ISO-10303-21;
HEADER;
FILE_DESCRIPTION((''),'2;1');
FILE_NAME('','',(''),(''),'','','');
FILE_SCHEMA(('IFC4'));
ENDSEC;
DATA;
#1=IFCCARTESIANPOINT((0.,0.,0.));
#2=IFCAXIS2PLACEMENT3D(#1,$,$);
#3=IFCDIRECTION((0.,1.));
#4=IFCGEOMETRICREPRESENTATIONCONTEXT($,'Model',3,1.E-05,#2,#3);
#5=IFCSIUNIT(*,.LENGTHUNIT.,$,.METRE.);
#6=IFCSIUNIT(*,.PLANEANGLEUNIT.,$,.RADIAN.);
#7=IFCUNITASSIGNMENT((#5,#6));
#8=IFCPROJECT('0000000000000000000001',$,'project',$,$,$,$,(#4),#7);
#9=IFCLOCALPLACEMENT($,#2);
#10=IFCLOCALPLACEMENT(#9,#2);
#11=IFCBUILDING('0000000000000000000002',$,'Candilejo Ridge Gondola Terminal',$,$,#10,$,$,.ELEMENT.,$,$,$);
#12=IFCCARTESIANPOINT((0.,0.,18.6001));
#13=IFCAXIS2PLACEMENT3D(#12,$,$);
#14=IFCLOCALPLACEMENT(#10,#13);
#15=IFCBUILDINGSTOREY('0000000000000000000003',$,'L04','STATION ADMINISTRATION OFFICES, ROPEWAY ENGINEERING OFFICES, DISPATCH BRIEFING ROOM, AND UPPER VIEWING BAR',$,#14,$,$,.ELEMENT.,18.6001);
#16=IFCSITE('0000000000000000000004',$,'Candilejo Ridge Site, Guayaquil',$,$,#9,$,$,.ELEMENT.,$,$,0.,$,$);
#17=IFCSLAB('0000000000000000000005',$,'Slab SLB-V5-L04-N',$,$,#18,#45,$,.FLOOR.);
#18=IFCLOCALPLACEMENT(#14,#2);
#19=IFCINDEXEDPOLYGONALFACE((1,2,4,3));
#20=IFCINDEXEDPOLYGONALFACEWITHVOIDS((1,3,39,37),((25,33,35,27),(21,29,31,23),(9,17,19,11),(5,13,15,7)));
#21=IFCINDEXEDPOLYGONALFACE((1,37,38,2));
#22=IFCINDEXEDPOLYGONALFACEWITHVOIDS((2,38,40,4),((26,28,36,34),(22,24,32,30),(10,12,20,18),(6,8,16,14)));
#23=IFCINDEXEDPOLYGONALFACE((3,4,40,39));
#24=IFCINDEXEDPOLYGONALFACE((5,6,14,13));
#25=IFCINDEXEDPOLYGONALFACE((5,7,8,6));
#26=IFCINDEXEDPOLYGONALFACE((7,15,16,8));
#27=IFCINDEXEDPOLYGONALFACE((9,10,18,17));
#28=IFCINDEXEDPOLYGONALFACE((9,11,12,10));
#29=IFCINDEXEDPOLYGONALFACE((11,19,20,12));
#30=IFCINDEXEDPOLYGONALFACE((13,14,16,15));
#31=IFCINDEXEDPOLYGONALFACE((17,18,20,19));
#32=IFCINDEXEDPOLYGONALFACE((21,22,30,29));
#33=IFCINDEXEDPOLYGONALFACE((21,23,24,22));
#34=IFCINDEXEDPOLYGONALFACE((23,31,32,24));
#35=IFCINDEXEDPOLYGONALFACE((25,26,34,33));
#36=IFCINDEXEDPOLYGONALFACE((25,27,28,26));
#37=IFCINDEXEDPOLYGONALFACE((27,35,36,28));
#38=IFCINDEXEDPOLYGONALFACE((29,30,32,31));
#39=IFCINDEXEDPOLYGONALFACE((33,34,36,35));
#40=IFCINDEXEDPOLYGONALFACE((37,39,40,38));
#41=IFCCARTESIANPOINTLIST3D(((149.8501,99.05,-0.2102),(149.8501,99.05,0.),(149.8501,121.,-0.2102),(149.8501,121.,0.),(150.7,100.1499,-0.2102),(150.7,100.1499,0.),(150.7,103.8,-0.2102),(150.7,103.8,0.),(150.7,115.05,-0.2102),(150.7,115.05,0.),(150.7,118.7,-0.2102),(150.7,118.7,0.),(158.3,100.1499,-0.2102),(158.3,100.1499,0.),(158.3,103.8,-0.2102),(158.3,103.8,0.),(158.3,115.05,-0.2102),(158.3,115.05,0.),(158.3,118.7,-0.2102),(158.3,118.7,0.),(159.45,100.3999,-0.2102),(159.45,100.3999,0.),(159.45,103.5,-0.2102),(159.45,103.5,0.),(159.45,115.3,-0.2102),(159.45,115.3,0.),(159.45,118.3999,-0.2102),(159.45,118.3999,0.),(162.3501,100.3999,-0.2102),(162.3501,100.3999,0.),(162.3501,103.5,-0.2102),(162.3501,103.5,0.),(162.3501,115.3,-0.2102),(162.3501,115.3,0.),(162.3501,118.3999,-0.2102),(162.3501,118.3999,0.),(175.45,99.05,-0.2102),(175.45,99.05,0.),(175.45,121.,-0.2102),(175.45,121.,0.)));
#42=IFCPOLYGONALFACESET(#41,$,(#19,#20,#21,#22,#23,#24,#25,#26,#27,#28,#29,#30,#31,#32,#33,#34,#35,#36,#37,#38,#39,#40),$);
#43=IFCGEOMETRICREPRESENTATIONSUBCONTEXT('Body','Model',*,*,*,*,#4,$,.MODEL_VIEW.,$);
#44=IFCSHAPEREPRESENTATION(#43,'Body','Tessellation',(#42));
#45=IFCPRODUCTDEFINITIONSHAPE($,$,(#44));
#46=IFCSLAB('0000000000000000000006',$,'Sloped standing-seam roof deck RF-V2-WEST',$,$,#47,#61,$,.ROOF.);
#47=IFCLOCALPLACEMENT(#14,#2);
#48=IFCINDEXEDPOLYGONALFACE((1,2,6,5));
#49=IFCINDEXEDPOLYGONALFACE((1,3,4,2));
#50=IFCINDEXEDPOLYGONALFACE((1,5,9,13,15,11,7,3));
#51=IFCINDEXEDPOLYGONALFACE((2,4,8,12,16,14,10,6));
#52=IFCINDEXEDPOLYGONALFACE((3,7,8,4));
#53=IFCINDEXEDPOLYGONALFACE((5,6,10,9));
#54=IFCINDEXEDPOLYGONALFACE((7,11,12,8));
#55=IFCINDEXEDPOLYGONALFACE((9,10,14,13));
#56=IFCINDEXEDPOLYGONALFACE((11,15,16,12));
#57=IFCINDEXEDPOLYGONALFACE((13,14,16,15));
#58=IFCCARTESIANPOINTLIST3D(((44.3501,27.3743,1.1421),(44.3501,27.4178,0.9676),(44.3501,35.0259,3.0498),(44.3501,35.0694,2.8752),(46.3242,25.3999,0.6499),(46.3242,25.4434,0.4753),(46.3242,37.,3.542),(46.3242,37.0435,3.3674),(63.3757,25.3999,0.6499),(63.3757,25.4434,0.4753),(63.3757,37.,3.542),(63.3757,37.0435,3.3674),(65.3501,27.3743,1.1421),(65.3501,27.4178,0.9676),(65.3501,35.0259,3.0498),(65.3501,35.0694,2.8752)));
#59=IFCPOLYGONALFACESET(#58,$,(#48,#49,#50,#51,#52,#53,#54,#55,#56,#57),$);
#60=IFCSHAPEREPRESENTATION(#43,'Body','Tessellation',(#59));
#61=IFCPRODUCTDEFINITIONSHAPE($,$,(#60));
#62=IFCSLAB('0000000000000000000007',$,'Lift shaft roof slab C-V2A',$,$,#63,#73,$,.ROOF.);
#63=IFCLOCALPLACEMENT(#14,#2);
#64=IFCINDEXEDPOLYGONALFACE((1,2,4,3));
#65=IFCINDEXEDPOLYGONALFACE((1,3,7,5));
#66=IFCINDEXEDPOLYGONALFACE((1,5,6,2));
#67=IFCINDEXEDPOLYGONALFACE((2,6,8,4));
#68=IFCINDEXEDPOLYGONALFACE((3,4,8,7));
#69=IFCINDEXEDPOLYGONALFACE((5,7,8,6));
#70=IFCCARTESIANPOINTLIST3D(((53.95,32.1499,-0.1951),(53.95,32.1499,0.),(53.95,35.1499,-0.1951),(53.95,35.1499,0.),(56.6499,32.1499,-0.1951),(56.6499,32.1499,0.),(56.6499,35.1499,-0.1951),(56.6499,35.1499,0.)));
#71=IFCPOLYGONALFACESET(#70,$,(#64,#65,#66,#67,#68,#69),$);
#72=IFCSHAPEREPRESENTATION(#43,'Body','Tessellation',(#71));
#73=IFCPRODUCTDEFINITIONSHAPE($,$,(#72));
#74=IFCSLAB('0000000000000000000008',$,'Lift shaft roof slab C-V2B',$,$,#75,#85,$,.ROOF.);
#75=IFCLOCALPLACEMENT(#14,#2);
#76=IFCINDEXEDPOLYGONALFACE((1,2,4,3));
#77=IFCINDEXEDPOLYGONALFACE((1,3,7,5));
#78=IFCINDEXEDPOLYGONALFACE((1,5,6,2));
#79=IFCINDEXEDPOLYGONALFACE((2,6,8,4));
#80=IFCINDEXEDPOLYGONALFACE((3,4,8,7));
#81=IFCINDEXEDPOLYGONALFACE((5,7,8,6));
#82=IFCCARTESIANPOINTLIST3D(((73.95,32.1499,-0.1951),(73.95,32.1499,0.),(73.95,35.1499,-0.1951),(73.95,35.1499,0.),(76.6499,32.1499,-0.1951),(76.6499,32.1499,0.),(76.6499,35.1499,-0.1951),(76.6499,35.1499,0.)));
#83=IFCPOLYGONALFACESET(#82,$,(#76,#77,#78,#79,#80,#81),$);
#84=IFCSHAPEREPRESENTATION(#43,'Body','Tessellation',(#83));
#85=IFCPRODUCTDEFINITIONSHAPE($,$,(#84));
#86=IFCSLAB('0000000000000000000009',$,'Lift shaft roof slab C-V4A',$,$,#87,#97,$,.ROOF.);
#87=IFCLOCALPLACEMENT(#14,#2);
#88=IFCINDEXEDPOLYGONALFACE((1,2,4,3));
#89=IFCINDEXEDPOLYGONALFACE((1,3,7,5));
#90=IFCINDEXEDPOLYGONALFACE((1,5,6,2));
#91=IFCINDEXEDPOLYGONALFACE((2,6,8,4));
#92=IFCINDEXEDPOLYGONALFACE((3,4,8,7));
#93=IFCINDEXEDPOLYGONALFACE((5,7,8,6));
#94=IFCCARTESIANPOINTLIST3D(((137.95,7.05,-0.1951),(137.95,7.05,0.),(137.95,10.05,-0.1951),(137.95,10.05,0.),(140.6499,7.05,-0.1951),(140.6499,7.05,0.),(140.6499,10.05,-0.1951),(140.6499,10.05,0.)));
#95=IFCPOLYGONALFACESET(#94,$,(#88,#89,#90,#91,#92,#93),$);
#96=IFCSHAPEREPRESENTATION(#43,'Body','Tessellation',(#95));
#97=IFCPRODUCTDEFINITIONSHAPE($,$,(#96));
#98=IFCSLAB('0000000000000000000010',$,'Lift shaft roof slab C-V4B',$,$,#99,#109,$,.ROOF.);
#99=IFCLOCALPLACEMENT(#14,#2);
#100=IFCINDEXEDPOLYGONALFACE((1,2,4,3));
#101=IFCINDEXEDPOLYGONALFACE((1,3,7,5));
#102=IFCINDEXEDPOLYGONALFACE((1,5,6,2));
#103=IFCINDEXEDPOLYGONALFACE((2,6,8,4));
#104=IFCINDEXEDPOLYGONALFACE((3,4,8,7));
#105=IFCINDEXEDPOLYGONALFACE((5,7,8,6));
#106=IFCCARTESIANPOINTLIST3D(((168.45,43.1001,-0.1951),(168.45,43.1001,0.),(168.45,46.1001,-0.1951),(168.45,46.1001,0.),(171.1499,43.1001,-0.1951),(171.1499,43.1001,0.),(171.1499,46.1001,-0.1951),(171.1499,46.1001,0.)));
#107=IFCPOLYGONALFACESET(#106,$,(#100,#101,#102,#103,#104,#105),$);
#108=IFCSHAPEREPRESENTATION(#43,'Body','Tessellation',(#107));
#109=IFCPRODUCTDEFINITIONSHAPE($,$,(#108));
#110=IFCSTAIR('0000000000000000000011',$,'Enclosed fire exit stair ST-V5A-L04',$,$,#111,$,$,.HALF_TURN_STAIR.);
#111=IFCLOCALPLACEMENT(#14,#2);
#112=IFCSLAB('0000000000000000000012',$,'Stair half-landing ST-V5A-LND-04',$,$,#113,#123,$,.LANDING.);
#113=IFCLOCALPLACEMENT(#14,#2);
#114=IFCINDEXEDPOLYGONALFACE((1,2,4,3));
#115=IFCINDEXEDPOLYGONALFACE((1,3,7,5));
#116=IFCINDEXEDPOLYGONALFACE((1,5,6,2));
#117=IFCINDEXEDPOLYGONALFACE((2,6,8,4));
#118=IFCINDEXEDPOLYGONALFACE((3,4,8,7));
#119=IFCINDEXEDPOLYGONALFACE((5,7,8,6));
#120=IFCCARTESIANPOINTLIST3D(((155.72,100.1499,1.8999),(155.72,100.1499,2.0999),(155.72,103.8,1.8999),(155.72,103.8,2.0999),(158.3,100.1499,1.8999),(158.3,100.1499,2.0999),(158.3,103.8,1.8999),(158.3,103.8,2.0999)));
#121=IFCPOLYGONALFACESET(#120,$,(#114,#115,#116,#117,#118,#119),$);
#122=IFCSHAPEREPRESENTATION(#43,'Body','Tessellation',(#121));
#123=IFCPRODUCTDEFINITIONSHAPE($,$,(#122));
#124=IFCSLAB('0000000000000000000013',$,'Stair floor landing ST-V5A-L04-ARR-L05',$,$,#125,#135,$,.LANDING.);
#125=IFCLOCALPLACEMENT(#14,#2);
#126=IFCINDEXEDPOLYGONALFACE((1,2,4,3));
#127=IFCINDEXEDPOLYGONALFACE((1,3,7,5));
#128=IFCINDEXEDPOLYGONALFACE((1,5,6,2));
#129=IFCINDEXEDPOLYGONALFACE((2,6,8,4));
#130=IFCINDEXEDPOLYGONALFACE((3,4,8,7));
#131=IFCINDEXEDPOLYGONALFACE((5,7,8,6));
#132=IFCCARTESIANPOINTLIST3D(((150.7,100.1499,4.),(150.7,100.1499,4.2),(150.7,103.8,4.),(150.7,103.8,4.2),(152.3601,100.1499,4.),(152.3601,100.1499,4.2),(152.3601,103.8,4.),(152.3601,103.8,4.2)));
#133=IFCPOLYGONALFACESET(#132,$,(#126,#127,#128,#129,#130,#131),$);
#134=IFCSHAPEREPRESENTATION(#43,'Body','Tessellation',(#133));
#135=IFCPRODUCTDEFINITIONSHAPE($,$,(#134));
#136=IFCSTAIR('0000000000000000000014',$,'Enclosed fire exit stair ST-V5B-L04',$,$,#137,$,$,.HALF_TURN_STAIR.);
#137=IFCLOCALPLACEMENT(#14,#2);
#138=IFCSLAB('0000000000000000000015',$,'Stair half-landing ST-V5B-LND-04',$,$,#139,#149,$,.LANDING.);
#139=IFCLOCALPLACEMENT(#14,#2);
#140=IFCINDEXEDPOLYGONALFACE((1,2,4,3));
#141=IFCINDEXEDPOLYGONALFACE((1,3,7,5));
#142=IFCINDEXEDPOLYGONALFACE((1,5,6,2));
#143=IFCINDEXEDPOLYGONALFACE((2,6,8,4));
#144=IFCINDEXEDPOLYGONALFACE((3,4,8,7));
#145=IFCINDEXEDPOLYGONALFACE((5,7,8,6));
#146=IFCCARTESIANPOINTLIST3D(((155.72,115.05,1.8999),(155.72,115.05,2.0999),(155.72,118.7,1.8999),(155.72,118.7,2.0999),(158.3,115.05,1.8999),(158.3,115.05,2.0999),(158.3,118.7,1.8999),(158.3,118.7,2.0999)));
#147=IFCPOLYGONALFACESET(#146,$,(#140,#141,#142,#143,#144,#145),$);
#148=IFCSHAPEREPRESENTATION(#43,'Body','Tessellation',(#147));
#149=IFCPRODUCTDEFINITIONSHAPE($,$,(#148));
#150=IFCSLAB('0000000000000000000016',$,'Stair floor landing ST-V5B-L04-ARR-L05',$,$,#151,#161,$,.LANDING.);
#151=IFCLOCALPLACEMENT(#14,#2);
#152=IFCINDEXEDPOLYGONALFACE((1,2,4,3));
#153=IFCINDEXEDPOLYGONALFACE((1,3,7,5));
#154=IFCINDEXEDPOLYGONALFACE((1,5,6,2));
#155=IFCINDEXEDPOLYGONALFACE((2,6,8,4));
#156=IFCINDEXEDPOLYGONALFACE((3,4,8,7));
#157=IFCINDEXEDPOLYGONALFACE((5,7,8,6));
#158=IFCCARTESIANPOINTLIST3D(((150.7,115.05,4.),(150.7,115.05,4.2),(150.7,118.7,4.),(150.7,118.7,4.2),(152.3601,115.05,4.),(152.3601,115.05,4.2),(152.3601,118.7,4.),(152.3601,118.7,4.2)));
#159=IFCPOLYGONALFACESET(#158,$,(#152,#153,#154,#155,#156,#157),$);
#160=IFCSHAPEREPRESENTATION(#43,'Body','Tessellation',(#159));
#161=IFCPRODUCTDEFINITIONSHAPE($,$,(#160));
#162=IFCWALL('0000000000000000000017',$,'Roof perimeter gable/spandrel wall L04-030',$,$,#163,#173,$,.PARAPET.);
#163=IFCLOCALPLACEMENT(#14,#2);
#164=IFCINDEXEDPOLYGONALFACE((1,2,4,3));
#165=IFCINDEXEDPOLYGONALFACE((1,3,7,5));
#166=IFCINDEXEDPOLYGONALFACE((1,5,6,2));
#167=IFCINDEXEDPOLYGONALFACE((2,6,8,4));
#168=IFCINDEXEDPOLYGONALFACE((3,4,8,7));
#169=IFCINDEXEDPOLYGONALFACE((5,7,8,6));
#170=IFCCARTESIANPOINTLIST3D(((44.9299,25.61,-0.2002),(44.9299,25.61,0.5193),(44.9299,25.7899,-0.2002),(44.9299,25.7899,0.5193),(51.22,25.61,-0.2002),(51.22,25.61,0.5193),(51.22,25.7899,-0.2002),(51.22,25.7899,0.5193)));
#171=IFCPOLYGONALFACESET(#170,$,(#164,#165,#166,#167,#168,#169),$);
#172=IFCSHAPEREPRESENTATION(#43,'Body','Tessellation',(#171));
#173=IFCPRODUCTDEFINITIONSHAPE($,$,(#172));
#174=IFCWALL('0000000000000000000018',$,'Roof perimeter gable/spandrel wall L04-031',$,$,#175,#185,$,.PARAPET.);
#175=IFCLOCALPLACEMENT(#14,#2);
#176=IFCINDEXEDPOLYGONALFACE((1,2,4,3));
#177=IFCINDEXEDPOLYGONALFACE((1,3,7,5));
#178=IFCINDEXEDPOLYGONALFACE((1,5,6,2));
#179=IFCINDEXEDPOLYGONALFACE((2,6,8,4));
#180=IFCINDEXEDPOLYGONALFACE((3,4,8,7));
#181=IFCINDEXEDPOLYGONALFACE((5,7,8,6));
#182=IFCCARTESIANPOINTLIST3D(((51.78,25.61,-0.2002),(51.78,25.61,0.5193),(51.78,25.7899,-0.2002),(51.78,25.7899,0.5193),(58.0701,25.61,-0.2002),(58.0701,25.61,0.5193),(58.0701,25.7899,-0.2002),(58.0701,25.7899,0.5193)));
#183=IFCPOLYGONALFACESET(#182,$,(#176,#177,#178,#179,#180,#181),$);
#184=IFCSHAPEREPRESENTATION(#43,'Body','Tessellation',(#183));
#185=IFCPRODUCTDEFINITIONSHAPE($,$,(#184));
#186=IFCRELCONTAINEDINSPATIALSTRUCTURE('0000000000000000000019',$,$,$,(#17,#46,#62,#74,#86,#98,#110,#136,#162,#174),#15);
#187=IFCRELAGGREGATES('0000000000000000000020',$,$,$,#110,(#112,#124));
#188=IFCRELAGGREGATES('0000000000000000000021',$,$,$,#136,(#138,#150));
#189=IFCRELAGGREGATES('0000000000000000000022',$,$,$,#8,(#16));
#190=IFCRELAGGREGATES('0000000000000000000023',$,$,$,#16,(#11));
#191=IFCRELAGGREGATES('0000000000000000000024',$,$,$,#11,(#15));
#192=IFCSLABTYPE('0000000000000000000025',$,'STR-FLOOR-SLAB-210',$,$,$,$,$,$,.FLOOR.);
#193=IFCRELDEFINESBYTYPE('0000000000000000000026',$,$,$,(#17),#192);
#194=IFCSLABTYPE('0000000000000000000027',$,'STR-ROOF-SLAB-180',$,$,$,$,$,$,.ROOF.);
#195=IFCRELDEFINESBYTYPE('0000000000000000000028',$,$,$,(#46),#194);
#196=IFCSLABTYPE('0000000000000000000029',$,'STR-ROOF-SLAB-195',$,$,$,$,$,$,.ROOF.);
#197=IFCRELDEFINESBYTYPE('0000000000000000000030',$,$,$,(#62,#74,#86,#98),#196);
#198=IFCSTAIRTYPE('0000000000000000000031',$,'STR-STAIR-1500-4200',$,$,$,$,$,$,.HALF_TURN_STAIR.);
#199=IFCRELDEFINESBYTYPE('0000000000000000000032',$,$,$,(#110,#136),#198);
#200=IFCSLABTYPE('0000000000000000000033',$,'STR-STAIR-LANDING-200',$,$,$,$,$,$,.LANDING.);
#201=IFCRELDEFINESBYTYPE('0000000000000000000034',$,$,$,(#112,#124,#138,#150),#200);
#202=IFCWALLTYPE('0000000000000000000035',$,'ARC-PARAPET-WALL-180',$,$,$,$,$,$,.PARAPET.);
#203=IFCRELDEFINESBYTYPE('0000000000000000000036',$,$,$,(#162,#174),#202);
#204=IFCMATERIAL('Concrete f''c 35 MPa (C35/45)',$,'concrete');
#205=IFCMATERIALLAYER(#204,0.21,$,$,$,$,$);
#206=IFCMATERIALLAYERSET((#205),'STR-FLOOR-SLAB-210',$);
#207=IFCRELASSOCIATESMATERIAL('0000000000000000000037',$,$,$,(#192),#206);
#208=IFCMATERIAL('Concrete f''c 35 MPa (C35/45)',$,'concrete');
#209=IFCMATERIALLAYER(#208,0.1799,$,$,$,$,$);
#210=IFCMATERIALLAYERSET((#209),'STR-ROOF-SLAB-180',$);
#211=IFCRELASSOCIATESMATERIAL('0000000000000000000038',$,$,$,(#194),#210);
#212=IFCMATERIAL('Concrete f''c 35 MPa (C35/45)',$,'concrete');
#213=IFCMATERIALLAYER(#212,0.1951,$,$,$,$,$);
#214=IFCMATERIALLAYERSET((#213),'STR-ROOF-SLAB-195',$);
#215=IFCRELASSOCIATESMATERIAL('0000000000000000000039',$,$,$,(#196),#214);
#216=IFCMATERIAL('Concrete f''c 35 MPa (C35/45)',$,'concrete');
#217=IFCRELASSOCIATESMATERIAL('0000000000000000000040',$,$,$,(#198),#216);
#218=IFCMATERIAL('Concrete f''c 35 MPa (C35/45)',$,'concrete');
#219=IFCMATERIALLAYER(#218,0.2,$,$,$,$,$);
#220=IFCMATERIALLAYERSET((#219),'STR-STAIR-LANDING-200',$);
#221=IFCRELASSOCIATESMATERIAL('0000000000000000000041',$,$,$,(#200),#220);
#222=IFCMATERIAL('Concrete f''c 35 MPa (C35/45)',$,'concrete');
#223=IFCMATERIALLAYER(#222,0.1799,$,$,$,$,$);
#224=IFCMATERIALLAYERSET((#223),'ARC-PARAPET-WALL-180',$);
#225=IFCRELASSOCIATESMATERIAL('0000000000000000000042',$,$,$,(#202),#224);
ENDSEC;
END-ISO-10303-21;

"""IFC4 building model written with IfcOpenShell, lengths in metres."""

from ifc_helpers import new_model, si_unit, direction, frame, frame_2d, origin, place, context, subcontext, project, spatial, polyline, rectangle, outline, extrude, material, layer, layer_set, type_object, element, aggregate, save


model = new_model("IFC4")

# Units and contexts
model_context = context("Model", 3, precision=1e-05, world=origin(), true_north=direction((0.0, 1.0)))
body_context = subcontext(model_context, "Body", "Model", "MODEL_VIEW")
ifc_project = project(units=[si_unit("LENGTHUNIT", "METRE"), si_unit("PLANEANGLEUNIT", "RADIAN")], contexts=[model_context])

# Site, building, storey
site_placement = place(None, origin())
site = spatial("IfcSite", under=ifc_project, at=site_placement, Name="Candilejo Ridge Site, Guayaquil", CompositionType="ELEMENT", RefElevation=0.0)
building_placement = place(site_placement, origin())
building = spatial("IfcBuilding", under=site, at=building_placement, Name="Candilejo Ridge Gondola Terminal", CompositionType="ELEMENT")
storey_placement = place(building_placement, frame((0.0, 0.0, 18.6001)))
storey = spatial("IfcBuildingStorey", under=building, at=storey_placement, Name="L04", Description="STATION ADMINISTRATION OFFICES, ROPEWAY ENGINEERING OFFICES, DISPATCH BRIEFING ROOM, AND UPPER VIEWING BAR", CompositionType="ELEMENT", Elevation=18.6001)

# Slabs
ifc_material_1 = material(Name="Concrete f'c 35 MPa (C35/45)", Category="concrete")
ifc_layer_1 = layer(ifc_material_1, 0.21)
ifc_layer_set_1 = layer_set([ifc_layer_1], Name="STR-FLOOR-SLAB-210")
slab_type_1 = type_object("IfcSlabType", Name="STR-FLOOR-SLAB-210", PredefinedType="FLOOR", material=ifc_layer_set_1)
slab_1_placement = place(storey_placement, frame((0.0, 0.0, -0.2102)))
element("IfcSlab", 1, at=slab_1_placement, inside=storey, type_object=slab_type_1, Name="Slab SLB-V5-L04-N", PredefinedType="FLOOR", context=body_context, shape_type="SweptSolid", body=[
    extrude(outline(polyline([(149.8501, 99.05), (175.45, 99.05), (175.45, 121.0), (149.8501, 121.0), (149.8501, 99.05)]), holes=[polyline([(150.7, 100.1499), (158.3, 100.1499), (158.3, 103.8), (150.7, 103.8), (150.7, 100.1499)]), polyline([(159.45, 100.3999), (162.3501, 100.3999), (162.3501, 103.5), (159.45, 103.5), (159.45, 100.3999)]), polyline([(150.7, 115.05), (158.3, 115.05), (158.3, 118.7), (150.7, 118.7), (150.7, 115.05)]), polyline([(159.45, 115.3), (162.3501, 115.3), (162.3501, 118.3999), (159.45, 118.3999), (159.45, 115.3)])]), origin(), (0.0, 0.0, 1.0), 0.2102),
])
ifc_material_2 = material(Name="Concrete f'c 35 MPa (C35/45)", Category="concrete")
ifc_layer_2 = layer(ifc_material_2, 0.1799)
ifc_layer_set_2 = layer_set([ifc_layer_2], Name="STR-ROOF-SLAB-180")
slab_type_2 = type_object("IfcSlabType", Name="STR-ROOF-SLAB-180", PredefinedType="ROOF", material=ifc_layer_set_2)
slab_2_placement = place(storey_placement, frame((46.3242, 25.3999, 0.6499), z_axis=(0.0, -0.241911, 0.970298), x_axis=(1.0, 0.0, 0.0)))
element("IfcSlab", 2, at=slab_2_placement, inside=storey, type_object=slab_type_2, Name="Sloped standing-seam roof deck RF-V2-WEST", PredefinedType="ROOF", context=body_context, shape_type="SweptSolid", body=[
    extrude(outline(polyline([(0.0, 0.0), (17.0515, 0.0), (19.0259, 2.0348), (19.0259, 9.9206), (17.0515, 11.9552), (0.0, 11.9552), (-1.9741, 9.9206), (-1.9741, 2.0348), (0.0, 0.0)])), origin(), (0.0, 0.0, -1.0), 0.1799),
])
ifc_material_3 = material(Name="Concrete f'c 35 MPa (C35/45)", Category="concrete")
ifc_layer_3 = layer(ifc_material_3, 0.1951)
ifc_layer_set_3 = layer_set([ifc_layer_3], Name="STR-ROOF-SLAB-195")
slab_type_3 = type_object("IfcSlabType", Name="STR-ROOF-SLAB-195", PredefinedType="ROOF", material=ifc_layer_set_3)
slab_3_placement = place(storey_placement, frame((0.0, 0.0, -0.1951)))
element("IfcSlab", 3, at=slab_3_placement, inside=storey, type_object=slab_type_3, Name="Lift shaft roof slab C-V2A", PredefinedType="ROOF", context=body_context, shape_type="SweptSolid", body=[
    extrude(outline(polyline([(53.95, 32.1499), (56.6499, 32.1499), (56.6499, 35.1499), (53.95, 35.1499), (53.95, 32.1499)])), origin(), (0.0, 0.0, 1.0), 0.1951),
])
slab_4_placement = place(storey_placement, frame((0.0, 0.0, -0.1951)))
element("IfcSlab", 4, at=slab_4_placement, inside=storey, type_object=slab_type_3, Name="Lift shaft roof slab C-V2B", PredefinedType="ROOF", context=body_context, shape_type="SweptSolid", body=[
    extrude(outline(polyline([(73.95, 32.1499), (76.6499, 32.1499), (76.6499, 35.1499), (73.95, 35.1499), (73.95, 32.1499)])), origin(), (0.0, 0.0, 1.0), 0.1951),
])
slab_5_placement = place(storey_placement, frame((0.0, 0.0, -0.1951)))
element("IfcSlab", 5, at=slab_5_placement, inside=storey, type_object=slab_type_3, Name="Lift shaft roof slab C-V4A", PredefinedType="ROOF", context=body_context, shape_type="SweptSolid", body=[
    extrude(outline(polyline([(137.95, 7.05), (140.6499, 7.05), (140.6499, 10.05), (137.95, 10.05), (137.95, 7.05)])), origin(), (0.0, 0.0, 1.0), 0.1951),
])
slab_6_placement = place(storey_placement, frame((0.0, 0.0, -0.1951)))
element("IfcSlab", 6, at=slab_6_placement, inside=storey, type_object=slab_type_3, Name="Lift shaft roof slab C-V4B", PredefinedType="ROOF", context=body_context, shape_type="SweptSolid", body=[
    extrude(outline(polyline([(168.45, 43.1001), (171.1499, 43.1001), (171.1499, 46.1001), (168.45, 46.1001), (168.45, 43.1001)])), origin(), (0.0, 0.0, 1.0), 0.1951),
])

# Stairs, slabs
ifc_material_4 = material(Name="Concrete f'c 35 MPa (C35/45)", Category="concrete")
stair_type = type_object("IfcStairType", Name="STR-STAIR-1500-4200", PredefinedType="HALF_TURN_STAIR", material=ifc_material_4)
stair_1_placement = place(storey_placement, origin())
stair_1 = element("IfcStair", 7, at=stair_1_placement, inside=storey, type_object=stair_type, Name="Enclosed fire exit stair ST-V5A-L04", PredefinedType="HALF_TURN_STAIR")
ifc_material_5 = material(Name="Concrete f'c 35 MPa (C35/45)", Category="concrete")
ifc_layer_4 = layer(ifc_material_5, 0.2)
ifc_layer_set_4 = layer_set([ifc_layer_4], Name="STR-STAIR-LANDING-200")
slab_type_4 = type_object("IfcSlabType", Name="STR-STAIR-LANDING-200", PredefinedType="LANDING", material=ifc_layer_set_4)
slab_7_placement = place(storey_placement, frame((0.0, 0.0, 1.8999)))
slab_7 = element("IfcSlab", 8, at=slab_7_placement, type_object=slab_type_4, Name="Stair half-landing ST-V5A-LND-04", PredefinedType="LANDING", context=body_context, shape_type="SweptSolid", body=[
    extrude(outline(polyline([(155.72, 100.1499), (158.3, 100.1499), (158.3, 103.8), (155.72, 103.8), (155.72, 100.1499)])), origin(), (0.0, 0.0, 1.0), 0.2),
])
slab_8_placement = place(storey_placement, frame((0.0, 0.0, 4.0)))
slab_8 = element("IfcSlab", 9, at=slab_8_placement, type_object=slab_type_4, Name="Stair floor landing ST-V5A-L04-ARR-L05", PredefinedType="LANDING", context=body_context, shape_type="SweptSolid", body=[
    extrude(outline(polyline([(150.7, 100.1499), (152.3601, 100.1499), (152.3601, 103.8), (150.7, 103.8), (150.7, 100.1499)])), origin(), (0.0, 0.0, 1.0), 0.2),
])
aggregate(stair_1, [slab_7, slab_8])
stair_2_placement = place(storey_placement, origin())
stair_2 = element("IfcStair", 10, at=stair_2_placement, inside=storey, type_object=stair_type, Name="Enclosed fire exit stair ST-V5B-L04", PredefinedType="HALF_TURN_STAIR")
slab_9_placement = place(storey_placement, frame((0.0, 0.0, 1.8999)))
slab_9 = element("IfcSlab", 11, at=slab_9_placement, type_object=slab_type_4, Name="Stair half-landing ST-V5B-LND-04", PredefinedType="LANDING", context=body_context, shape_type="SweptSolid", body=[
    extrude(outline(polyline([(155.72, 115.05), (158.3, 115.05), (158.3, 118.7), (155.72, 118.7), (155.72, 115.05)])), origin(), (0.0, 0.0, 1.0), 0.2),
])
slab_10_placement = place(storey_placement, frame((0.0, 0.0, 4.0)))
slab_10 = element("IfcSlab", 12, at=slab_10_placement, type_object=slab_type_4, Name="Stair floor landing ST-V5B-L04-ARR-L05", PredefinedType="LANDING", context=body_context, shape_type="SweptSolid", body=[
    extrude(outline(polyline([(150.7, 115.05), (152.3601, 115.05), (152.3601, 118.7), (150.7, 118.7), (150.7, 115.05)])), origin(), (0.0, 0.0, 1.0), 0.2),
])
aggregate(stair_2, [slab_9, slab_10])

# Walls
ifc_material_6 = material(Name="Concrete f'c 35 MPa (C35/45)", Category="concrete")
ifc_layer_5 = layer(ifc_material_6, 0.1799)
ifc_layer_set_5 = layer_set([ifc_layer_5], Name="ARC-PARAPET-WALL-180")
wall_type = type_object("IfcWallType", Name="ARC-PARAPET-WALL-180", PredefinedType="PARAPET", material=ifc_layer_set_5)
for number, where, z_axis, x_axis, name in (
    (13, (44.9299, 25.7, -0.2002), (0.0, 0.0, 1.0), (1.0, 0.0, 0.0), "Roof perimeter gable/spandrel wall L04-030"),
    (14, (51.78, 25.7, -0.2002), (0.0, 0.0, 1.0), (1.0, 0.0, 0.0), "Roof perimeter gable/spandrel wall L04-031"),
):
    element("IfcWall", number, at=place(storey_placement, frame(where, z_axis=z_axis, x_axis=x_axis)), inside=storey, type_object=wall_type, Name=name, PredefinedType="PARAPET", context=body_context, shape_type="SweptSolid", body=[
        extrude(rectangle(XDim=6.29, YDim=0.1799, at=frame_2d((3.145, 0.0))), origin(), (0.0, 0.0, 1.0), 0.7195),
    ])

save(model, "model.ifc")
